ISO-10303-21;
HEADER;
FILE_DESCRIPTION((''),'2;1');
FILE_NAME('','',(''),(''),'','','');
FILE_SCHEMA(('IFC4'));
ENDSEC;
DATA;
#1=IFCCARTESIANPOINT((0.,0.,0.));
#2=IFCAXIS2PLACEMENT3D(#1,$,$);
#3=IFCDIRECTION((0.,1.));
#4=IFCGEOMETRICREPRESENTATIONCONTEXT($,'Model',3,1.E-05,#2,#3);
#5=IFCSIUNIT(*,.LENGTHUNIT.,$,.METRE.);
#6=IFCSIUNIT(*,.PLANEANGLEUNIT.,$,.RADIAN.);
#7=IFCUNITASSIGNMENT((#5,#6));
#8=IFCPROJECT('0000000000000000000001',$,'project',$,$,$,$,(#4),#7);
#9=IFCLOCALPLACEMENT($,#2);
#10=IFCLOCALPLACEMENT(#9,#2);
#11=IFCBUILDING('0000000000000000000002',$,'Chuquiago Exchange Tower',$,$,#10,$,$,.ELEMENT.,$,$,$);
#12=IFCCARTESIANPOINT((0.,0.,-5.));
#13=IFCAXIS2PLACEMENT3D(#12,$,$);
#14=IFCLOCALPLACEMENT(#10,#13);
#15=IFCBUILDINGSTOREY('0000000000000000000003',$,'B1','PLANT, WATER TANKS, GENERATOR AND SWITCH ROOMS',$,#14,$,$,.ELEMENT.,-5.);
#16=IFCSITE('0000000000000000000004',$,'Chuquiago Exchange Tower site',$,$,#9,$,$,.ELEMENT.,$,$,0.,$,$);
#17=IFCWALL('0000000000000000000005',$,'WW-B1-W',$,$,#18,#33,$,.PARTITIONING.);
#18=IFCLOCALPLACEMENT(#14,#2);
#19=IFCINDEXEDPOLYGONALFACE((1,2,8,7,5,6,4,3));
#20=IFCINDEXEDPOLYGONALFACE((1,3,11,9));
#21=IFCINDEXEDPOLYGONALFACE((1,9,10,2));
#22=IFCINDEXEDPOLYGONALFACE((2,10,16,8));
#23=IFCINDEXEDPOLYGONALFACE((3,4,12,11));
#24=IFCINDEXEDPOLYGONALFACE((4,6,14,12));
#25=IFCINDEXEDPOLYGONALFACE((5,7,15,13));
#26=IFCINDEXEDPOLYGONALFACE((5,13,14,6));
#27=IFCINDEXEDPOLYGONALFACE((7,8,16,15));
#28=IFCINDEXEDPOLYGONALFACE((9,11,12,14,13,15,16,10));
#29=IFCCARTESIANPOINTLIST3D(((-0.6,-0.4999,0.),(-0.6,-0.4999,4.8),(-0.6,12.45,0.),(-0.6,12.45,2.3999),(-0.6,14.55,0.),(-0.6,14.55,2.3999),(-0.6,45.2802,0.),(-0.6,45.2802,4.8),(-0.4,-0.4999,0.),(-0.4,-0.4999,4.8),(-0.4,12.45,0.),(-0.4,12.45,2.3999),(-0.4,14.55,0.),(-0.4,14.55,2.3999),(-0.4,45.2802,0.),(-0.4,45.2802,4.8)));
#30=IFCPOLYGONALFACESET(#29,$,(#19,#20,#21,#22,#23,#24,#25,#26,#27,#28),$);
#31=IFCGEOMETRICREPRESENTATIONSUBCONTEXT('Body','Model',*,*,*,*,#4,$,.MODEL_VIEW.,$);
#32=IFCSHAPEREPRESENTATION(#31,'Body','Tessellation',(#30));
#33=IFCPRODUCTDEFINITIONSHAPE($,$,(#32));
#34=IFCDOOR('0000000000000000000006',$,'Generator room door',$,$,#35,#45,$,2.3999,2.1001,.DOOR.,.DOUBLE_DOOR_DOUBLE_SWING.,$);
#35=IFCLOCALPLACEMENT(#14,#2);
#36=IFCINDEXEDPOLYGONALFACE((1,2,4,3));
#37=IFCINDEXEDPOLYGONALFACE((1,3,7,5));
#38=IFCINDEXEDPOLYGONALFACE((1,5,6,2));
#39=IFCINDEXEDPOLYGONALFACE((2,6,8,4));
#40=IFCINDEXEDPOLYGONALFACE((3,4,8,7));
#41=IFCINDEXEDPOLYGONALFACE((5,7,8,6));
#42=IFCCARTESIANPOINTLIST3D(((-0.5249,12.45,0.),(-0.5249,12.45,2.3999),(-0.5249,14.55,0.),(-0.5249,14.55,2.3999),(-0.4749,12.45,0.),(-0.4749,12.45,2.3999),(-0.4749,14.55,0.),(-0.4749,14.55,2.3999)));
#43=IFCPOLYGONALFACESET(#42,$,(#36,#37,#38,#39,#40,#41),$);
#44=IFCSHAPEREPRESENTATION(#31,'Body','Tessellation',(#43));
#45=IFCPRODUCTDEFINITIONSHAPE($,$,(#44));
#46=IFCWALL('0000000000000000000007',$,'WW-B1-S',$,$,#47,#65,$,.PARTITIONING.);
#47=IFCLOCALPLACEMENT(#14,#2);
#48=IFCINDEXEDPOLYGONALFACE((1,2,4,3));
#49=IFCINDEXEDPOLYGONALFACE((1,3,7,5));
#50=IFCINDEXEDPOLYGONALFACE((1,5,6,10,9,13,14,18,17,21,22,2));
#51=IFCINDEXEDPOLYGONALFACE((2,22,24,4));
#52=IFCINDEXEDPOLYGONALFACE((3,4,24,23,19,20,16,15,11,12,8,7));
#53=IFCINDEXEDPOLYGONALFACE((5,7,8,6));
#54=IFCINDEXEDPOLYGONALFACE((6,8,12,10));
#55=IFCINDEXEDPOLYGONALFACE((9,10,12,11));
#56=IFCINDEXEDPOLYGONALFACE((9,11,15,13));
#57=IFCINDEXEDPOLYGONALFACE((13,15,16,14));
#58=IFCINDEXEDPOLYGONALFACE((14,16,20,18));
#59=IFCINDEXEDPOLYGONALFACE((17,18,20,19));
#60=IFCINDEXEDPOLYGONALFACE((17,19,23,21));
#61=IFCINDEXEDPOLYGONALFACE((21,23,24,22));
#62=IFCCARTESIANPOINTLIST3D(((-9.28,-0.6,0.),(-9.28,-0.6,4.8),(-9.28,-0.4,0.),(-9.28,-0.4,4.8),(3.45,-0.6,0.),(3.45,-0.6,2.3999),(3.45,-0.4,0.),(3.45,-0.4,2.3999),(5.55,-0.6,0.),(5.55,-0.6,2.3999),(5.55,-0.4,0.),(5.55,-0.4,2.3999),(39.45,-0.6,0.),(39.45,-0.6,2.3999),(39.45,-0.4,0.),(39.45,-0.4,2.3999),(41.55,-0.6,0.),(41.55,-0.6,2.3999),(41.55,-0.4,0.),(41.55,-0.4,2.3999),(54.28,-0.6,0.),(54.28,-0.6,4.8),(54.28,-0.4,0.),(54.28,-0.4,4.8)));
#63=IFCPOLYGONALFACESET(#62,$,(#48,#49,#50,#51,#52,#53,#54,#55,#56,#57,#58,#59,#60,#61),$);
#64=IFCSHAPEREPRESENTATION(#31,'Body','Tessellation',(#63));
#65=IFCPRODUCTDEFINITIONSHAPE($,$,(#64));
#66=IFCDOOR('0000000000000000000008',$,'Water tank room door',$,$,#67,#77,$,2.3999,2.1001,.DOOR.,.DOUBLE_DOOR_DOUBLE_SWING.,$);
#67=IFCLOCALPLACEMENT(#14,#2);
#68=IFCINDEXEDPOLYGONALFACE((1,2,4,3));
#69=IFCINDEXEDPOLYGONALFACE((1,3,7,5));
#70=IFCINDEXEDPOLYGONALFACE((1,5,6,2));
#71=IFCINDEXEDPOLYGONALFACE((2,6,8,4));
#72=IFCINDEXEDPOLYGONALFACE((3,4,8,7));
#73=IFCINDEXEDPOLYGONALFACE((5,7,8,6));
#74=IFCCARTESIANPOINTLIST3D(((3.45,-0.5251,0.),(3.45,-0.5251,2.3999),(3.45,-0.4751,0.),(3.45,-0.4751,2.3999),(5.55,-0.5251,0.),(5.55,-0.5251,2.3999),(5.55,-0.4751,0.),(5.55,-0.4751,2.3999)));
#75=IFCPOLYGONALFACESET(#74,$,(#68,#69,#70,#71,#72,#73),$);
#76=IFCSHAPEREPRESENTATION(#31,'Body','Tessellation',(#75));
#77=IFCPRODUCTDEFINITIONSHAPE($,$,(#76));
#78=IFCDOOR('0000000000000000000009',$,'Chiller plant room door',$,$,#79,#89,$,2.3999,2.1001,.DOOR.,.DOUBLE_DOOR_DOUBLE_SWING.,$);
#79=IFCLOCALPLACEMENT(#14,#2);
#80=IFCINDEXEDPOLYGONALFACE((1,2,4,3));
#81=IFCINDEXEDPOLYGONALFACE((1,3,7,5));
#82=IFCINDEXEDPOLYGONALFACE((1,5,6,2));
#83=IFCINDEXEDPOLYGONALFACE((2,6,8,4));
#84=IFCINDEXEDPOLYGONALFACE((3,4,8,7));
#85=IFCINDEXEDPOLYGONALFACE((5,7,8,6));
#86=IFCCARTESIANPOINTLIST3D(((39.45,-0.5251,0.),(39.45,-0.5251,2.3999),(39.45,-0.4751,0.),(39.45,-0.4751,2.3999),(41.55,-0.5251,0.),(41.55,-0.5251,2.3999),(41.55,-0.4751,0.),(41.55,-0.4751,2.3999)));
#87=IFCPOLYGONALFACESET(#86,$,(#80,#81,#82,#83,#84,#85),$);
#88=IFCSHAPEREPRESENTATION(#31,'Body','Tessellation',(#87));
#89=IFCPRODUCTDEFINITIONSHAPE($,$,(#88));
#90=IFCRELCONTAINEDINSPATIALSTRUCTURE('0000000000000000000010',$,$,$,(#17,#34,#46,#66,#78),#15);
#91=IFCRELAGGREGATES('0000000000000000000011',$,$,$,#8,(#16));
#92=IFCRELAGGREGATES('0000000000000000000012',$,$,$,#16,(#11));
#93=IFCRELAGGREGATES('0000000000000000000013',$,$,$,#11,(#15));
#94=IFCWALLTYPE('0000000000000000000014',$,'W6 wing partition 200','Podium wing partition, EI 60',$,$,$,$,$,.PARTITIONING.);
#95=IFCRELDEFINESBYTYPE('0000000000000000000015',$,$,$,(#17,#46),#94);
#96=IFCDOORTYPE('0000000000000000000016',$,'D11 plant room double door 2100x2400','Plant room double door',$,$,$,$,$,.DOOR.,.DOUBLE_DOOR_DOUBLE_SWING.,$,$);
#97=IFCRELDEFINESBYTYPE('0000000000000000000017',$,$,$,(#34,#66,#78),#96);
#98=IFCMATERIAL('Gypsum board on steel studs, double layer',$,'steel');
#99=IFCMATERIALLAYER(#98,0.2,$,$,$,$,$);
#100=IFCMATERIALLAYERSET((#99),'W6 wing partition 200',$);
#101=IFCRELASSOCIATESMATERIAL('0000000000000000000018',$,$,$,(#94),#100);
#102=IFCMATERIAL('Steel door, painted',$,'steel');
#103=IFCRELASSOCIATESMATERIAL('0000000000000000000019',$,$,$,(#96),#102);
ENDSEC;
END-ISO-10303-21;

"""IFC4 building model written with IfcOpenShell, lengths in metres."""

from ifc_helpers import new_model, si_unit, direction, frame, frame_2d, origin, place, context, subcontext, project, spatial, rectangle, extrude, material, layer, layer_set, type_object, element, fill, save


model = new_model("IFC4")

# Units and contexts
model_context = context("Model", 3, precision=1e-05, world=origin(), true_north=direction((0.0, 1.0)))
body_context = subcontext(model_context, "Body", "Model", "MODEL_VIEW")
ifc_project = project(units=[si_unit("LENGTHUNIT", "METRE"), si_unit("PLANEANGLEUNIT", "RADIAN")], contexts=[model_context])

# Site, building, storey
site_placement = place(None, origin())
site = spatial("IfcSite", under=ifc_project, at=site_placement, Name="Chuquiago Exchange Tower site", CompositionType="ELEMENT", RefElevation=0.0)
building_placement = place(site_placement, origin())
building = spatial("IfcBuilding", under=site, at=building_placement, Name="Chuquiago Exchange Tower", CompositionType="ELEMENT")
storey_placement = place(building_placement, frame((0.0, 0.0, -5.0)))
storey = spatial("IfcBuildingStorey", under=building, at=storey_placement, Name="B1", Description="PLANT, WATER TANKS, GENERATOR AND SWITCH ROOMS", CompositionType="ELEMENT", Elevation=-5.0)

# Wall, opening, door
ifc_material_1 = material(Name="Gypsum board on steel studs, double layer", Category="steel")
ifc_layer_1 = layer(ifc_material_1, 0.2)
ifc_layer_set_1 = layer_set([ifc_layer_1], Name="W6 wing partition 200")
wall_type_1 = type_object("IfcWallType", Name="W6 wing partition 200", Description="Podium wing partition, EI 60", PredefinedType="PARTITIONING", material=ifc_layer_set_1)
wall_1_placement = place(storey_placement, frame((-0.5, -0.5, 0.0), z_axis=(0.0, 0.0, 1.0), x_axis=(0.0, 1.0, 0.0)))
wall_1 = element("IfcWall", 1, at=wall_1_placement, inside=storey, type_object=wall_type_1, Name="WW-B1-W", PredefinedType="PARTITIONING", context=body_context, shape_type="SweptSolid", body=[
    extrude(rectangle(XDim=45.78, YDim=0.2, at=frame_2d((22.8901, 0.0))), origin(), (0.0, 0.0, 1.0), 4.8),
])
opening_1_placement = place(wall_1_placement, frame((12.95, 0.0, 0.0)))
opening_1 = element("IfcOpeningElement", 2, at=opening_1_placement, cuts=wall_1, PredefinedType="OPENING", context=body_context, shape_type="SweptSolid", body=[
    extrude(rectangle(XDim=2.1001, YDim=2.3999, at=frame_2d((1.05, 1.2))), frame((0.0, 0.1099, 0.0), z_axis=(0.0, -1.0, 0.0), x_axis=(1.0, 0.0, 0.0)), (0.0, 0.0, 1.0), 0.22),
])
ifc_material_2 = material(Name="Steel door, painted", Category="steel")
door_type_1 = type_object("IfcDoorType", Name="D11 plant room double door 2100x2400", Description="Plant room double door", OperationType="DOUBLE_DOOR_DOUBLE_SWING", PredefinedType="DOOR", material=ifc_material_2)
door_1_placement = place(opening_1_placement, origin())
door_1 = element("IfcDoor", 3, at=door_1_placement, inside=storey, type_object=door_type_1, Name="Generator room door", OperationType="DOUBLE_DOOR_DOUBLE_SWING", OverallHeight=2.3999, OverallWidth=2.1001, PredefinedType="DOOR", context=body_context, shape_type="SweptSolid", body=[
    extrude(rectangle(XDim=2.1001, YDim=2.3999, at=frame_2d((1.05, 1.2))), frame((0.0, 0.0249, 0.0), z_axis=(0.0, -1.0, 0.0), x_axis=(1.0, 0.0, 0.0)), (0.0, 0.0, 1.0), 0.05),
])
fill(opening_1, door_1)

# Wall, openings, doors
wall_2_placement = place(storey_placement, frame((-9.28, -0.5, 0.0), z_axis=(0.0, 0.0, 1.0), x_axis=(1.0, 0.0, 0.0)))
wall_2 = element("IfcWall", 4, at=wall_2_placement, inside=storey, type_object=wall_type_1, Name="WW-B1-S", PredefinedType="PARTITIONING", context=body_context, shape_type="SweptSolid", body=[
    extrude(rectangle(XDim=63.5601, YDim=0.2, at=frame_2d((31.78, 0.0))), origin(), (0.0, 0.0, 1.0), 4.8),
])
opening_2_placement = place(wall_2_placement, frame((12.73, 0.0, 0.0)))
opening_2 = element("IfcOpeningElement", 5, at=opening_2_placement, cuts=wall_2, PredefinedType="OPENING", context=body_context, shape_type="SweptSolid", body=[
    extrude(rectangle(XDim=2.1001, YDim=2.3999, at=frame_2d((1.05, 1.2))), frame((0.0, 0.1099, 0.0), z_axis=(0.0, -1.0, 0.0), x_axis=(1.0, 0.0, 0.0)), (0.0, 0.0, 1.0), 0.22),
])
opening_3_placement = place(wall_2_placement, frame((48.73, 0.0, 0.0)))
opening_3 = element("IfcOpeningElement", 6, at=opening_3_placement, cuts=wall_2, PredefinedType="OPENING", context=body_context, shape_type="SweptSolid", body=[
    extrude(rectangle(XDim=2.1001, YDim=2.3999, at=frame_2d((1.05, 1.2))), frame((0.0, 0.1099, 0.0), z_axis=(0.0, -1.0, 0.0), x_axis=(1.0, 0.0, 0.0)), (0.0, 0.0, 1.0), 0.22),
])
door_2_placement = place(opening_2_placement, origin())
door_2 = element("IfcDoor", 7, at=door_2_placement, inside=storey, type_object=door_type_1, Name="Water tank room door", OperationType="DOUBLE_DOOR_DOUBLE_SWING", OverallHeight=2.3999, OverallWidth=2.1001, PredefinedType="DOOR", context=body_context, shape_type="SweptSolid", body=[
    extrude(rectangle(XDim=2.1001, YDim=2.3999, at=frame_2d((1.05, 1.2))), frame((0.0, 0.0249, 0.0), z_axis=(0.0, -1.0, 0.0), x_axis=(1.0, 0.0, 0.0)), (0.0, 0.0, 1.0), 0.05),
])
fill(opening_2, door_2)
door_3_placement = place(opening_3_placement, origin())
door_3 = element("IfcDoor", 8, at=door_3_placement, inside=storey, type_object=door_type_1, Name="Chiller plant room door", OperationType="DOUBLE_DOOR_DOUBLE_SWING", OverallHeight=2.3999, OverallWidth=2.1001, PredefinedType="DOOR", context=body_context, shape_type="SweptSolid", body=[
    extrude(rectangle(XDim=2.1001, YDim=2.3999, at=frame_2d((1.05, 1.2))), frame((0.0, 0.0249, 0.0), z_axis=(0.0, -1.0, 0.0), x_axis=(1.0, 0.0, 0.0)), (0.0, 0.0, 1.0), 0.05),
])
fill(opening_3, door_3)

save(model, "model.ifc")
